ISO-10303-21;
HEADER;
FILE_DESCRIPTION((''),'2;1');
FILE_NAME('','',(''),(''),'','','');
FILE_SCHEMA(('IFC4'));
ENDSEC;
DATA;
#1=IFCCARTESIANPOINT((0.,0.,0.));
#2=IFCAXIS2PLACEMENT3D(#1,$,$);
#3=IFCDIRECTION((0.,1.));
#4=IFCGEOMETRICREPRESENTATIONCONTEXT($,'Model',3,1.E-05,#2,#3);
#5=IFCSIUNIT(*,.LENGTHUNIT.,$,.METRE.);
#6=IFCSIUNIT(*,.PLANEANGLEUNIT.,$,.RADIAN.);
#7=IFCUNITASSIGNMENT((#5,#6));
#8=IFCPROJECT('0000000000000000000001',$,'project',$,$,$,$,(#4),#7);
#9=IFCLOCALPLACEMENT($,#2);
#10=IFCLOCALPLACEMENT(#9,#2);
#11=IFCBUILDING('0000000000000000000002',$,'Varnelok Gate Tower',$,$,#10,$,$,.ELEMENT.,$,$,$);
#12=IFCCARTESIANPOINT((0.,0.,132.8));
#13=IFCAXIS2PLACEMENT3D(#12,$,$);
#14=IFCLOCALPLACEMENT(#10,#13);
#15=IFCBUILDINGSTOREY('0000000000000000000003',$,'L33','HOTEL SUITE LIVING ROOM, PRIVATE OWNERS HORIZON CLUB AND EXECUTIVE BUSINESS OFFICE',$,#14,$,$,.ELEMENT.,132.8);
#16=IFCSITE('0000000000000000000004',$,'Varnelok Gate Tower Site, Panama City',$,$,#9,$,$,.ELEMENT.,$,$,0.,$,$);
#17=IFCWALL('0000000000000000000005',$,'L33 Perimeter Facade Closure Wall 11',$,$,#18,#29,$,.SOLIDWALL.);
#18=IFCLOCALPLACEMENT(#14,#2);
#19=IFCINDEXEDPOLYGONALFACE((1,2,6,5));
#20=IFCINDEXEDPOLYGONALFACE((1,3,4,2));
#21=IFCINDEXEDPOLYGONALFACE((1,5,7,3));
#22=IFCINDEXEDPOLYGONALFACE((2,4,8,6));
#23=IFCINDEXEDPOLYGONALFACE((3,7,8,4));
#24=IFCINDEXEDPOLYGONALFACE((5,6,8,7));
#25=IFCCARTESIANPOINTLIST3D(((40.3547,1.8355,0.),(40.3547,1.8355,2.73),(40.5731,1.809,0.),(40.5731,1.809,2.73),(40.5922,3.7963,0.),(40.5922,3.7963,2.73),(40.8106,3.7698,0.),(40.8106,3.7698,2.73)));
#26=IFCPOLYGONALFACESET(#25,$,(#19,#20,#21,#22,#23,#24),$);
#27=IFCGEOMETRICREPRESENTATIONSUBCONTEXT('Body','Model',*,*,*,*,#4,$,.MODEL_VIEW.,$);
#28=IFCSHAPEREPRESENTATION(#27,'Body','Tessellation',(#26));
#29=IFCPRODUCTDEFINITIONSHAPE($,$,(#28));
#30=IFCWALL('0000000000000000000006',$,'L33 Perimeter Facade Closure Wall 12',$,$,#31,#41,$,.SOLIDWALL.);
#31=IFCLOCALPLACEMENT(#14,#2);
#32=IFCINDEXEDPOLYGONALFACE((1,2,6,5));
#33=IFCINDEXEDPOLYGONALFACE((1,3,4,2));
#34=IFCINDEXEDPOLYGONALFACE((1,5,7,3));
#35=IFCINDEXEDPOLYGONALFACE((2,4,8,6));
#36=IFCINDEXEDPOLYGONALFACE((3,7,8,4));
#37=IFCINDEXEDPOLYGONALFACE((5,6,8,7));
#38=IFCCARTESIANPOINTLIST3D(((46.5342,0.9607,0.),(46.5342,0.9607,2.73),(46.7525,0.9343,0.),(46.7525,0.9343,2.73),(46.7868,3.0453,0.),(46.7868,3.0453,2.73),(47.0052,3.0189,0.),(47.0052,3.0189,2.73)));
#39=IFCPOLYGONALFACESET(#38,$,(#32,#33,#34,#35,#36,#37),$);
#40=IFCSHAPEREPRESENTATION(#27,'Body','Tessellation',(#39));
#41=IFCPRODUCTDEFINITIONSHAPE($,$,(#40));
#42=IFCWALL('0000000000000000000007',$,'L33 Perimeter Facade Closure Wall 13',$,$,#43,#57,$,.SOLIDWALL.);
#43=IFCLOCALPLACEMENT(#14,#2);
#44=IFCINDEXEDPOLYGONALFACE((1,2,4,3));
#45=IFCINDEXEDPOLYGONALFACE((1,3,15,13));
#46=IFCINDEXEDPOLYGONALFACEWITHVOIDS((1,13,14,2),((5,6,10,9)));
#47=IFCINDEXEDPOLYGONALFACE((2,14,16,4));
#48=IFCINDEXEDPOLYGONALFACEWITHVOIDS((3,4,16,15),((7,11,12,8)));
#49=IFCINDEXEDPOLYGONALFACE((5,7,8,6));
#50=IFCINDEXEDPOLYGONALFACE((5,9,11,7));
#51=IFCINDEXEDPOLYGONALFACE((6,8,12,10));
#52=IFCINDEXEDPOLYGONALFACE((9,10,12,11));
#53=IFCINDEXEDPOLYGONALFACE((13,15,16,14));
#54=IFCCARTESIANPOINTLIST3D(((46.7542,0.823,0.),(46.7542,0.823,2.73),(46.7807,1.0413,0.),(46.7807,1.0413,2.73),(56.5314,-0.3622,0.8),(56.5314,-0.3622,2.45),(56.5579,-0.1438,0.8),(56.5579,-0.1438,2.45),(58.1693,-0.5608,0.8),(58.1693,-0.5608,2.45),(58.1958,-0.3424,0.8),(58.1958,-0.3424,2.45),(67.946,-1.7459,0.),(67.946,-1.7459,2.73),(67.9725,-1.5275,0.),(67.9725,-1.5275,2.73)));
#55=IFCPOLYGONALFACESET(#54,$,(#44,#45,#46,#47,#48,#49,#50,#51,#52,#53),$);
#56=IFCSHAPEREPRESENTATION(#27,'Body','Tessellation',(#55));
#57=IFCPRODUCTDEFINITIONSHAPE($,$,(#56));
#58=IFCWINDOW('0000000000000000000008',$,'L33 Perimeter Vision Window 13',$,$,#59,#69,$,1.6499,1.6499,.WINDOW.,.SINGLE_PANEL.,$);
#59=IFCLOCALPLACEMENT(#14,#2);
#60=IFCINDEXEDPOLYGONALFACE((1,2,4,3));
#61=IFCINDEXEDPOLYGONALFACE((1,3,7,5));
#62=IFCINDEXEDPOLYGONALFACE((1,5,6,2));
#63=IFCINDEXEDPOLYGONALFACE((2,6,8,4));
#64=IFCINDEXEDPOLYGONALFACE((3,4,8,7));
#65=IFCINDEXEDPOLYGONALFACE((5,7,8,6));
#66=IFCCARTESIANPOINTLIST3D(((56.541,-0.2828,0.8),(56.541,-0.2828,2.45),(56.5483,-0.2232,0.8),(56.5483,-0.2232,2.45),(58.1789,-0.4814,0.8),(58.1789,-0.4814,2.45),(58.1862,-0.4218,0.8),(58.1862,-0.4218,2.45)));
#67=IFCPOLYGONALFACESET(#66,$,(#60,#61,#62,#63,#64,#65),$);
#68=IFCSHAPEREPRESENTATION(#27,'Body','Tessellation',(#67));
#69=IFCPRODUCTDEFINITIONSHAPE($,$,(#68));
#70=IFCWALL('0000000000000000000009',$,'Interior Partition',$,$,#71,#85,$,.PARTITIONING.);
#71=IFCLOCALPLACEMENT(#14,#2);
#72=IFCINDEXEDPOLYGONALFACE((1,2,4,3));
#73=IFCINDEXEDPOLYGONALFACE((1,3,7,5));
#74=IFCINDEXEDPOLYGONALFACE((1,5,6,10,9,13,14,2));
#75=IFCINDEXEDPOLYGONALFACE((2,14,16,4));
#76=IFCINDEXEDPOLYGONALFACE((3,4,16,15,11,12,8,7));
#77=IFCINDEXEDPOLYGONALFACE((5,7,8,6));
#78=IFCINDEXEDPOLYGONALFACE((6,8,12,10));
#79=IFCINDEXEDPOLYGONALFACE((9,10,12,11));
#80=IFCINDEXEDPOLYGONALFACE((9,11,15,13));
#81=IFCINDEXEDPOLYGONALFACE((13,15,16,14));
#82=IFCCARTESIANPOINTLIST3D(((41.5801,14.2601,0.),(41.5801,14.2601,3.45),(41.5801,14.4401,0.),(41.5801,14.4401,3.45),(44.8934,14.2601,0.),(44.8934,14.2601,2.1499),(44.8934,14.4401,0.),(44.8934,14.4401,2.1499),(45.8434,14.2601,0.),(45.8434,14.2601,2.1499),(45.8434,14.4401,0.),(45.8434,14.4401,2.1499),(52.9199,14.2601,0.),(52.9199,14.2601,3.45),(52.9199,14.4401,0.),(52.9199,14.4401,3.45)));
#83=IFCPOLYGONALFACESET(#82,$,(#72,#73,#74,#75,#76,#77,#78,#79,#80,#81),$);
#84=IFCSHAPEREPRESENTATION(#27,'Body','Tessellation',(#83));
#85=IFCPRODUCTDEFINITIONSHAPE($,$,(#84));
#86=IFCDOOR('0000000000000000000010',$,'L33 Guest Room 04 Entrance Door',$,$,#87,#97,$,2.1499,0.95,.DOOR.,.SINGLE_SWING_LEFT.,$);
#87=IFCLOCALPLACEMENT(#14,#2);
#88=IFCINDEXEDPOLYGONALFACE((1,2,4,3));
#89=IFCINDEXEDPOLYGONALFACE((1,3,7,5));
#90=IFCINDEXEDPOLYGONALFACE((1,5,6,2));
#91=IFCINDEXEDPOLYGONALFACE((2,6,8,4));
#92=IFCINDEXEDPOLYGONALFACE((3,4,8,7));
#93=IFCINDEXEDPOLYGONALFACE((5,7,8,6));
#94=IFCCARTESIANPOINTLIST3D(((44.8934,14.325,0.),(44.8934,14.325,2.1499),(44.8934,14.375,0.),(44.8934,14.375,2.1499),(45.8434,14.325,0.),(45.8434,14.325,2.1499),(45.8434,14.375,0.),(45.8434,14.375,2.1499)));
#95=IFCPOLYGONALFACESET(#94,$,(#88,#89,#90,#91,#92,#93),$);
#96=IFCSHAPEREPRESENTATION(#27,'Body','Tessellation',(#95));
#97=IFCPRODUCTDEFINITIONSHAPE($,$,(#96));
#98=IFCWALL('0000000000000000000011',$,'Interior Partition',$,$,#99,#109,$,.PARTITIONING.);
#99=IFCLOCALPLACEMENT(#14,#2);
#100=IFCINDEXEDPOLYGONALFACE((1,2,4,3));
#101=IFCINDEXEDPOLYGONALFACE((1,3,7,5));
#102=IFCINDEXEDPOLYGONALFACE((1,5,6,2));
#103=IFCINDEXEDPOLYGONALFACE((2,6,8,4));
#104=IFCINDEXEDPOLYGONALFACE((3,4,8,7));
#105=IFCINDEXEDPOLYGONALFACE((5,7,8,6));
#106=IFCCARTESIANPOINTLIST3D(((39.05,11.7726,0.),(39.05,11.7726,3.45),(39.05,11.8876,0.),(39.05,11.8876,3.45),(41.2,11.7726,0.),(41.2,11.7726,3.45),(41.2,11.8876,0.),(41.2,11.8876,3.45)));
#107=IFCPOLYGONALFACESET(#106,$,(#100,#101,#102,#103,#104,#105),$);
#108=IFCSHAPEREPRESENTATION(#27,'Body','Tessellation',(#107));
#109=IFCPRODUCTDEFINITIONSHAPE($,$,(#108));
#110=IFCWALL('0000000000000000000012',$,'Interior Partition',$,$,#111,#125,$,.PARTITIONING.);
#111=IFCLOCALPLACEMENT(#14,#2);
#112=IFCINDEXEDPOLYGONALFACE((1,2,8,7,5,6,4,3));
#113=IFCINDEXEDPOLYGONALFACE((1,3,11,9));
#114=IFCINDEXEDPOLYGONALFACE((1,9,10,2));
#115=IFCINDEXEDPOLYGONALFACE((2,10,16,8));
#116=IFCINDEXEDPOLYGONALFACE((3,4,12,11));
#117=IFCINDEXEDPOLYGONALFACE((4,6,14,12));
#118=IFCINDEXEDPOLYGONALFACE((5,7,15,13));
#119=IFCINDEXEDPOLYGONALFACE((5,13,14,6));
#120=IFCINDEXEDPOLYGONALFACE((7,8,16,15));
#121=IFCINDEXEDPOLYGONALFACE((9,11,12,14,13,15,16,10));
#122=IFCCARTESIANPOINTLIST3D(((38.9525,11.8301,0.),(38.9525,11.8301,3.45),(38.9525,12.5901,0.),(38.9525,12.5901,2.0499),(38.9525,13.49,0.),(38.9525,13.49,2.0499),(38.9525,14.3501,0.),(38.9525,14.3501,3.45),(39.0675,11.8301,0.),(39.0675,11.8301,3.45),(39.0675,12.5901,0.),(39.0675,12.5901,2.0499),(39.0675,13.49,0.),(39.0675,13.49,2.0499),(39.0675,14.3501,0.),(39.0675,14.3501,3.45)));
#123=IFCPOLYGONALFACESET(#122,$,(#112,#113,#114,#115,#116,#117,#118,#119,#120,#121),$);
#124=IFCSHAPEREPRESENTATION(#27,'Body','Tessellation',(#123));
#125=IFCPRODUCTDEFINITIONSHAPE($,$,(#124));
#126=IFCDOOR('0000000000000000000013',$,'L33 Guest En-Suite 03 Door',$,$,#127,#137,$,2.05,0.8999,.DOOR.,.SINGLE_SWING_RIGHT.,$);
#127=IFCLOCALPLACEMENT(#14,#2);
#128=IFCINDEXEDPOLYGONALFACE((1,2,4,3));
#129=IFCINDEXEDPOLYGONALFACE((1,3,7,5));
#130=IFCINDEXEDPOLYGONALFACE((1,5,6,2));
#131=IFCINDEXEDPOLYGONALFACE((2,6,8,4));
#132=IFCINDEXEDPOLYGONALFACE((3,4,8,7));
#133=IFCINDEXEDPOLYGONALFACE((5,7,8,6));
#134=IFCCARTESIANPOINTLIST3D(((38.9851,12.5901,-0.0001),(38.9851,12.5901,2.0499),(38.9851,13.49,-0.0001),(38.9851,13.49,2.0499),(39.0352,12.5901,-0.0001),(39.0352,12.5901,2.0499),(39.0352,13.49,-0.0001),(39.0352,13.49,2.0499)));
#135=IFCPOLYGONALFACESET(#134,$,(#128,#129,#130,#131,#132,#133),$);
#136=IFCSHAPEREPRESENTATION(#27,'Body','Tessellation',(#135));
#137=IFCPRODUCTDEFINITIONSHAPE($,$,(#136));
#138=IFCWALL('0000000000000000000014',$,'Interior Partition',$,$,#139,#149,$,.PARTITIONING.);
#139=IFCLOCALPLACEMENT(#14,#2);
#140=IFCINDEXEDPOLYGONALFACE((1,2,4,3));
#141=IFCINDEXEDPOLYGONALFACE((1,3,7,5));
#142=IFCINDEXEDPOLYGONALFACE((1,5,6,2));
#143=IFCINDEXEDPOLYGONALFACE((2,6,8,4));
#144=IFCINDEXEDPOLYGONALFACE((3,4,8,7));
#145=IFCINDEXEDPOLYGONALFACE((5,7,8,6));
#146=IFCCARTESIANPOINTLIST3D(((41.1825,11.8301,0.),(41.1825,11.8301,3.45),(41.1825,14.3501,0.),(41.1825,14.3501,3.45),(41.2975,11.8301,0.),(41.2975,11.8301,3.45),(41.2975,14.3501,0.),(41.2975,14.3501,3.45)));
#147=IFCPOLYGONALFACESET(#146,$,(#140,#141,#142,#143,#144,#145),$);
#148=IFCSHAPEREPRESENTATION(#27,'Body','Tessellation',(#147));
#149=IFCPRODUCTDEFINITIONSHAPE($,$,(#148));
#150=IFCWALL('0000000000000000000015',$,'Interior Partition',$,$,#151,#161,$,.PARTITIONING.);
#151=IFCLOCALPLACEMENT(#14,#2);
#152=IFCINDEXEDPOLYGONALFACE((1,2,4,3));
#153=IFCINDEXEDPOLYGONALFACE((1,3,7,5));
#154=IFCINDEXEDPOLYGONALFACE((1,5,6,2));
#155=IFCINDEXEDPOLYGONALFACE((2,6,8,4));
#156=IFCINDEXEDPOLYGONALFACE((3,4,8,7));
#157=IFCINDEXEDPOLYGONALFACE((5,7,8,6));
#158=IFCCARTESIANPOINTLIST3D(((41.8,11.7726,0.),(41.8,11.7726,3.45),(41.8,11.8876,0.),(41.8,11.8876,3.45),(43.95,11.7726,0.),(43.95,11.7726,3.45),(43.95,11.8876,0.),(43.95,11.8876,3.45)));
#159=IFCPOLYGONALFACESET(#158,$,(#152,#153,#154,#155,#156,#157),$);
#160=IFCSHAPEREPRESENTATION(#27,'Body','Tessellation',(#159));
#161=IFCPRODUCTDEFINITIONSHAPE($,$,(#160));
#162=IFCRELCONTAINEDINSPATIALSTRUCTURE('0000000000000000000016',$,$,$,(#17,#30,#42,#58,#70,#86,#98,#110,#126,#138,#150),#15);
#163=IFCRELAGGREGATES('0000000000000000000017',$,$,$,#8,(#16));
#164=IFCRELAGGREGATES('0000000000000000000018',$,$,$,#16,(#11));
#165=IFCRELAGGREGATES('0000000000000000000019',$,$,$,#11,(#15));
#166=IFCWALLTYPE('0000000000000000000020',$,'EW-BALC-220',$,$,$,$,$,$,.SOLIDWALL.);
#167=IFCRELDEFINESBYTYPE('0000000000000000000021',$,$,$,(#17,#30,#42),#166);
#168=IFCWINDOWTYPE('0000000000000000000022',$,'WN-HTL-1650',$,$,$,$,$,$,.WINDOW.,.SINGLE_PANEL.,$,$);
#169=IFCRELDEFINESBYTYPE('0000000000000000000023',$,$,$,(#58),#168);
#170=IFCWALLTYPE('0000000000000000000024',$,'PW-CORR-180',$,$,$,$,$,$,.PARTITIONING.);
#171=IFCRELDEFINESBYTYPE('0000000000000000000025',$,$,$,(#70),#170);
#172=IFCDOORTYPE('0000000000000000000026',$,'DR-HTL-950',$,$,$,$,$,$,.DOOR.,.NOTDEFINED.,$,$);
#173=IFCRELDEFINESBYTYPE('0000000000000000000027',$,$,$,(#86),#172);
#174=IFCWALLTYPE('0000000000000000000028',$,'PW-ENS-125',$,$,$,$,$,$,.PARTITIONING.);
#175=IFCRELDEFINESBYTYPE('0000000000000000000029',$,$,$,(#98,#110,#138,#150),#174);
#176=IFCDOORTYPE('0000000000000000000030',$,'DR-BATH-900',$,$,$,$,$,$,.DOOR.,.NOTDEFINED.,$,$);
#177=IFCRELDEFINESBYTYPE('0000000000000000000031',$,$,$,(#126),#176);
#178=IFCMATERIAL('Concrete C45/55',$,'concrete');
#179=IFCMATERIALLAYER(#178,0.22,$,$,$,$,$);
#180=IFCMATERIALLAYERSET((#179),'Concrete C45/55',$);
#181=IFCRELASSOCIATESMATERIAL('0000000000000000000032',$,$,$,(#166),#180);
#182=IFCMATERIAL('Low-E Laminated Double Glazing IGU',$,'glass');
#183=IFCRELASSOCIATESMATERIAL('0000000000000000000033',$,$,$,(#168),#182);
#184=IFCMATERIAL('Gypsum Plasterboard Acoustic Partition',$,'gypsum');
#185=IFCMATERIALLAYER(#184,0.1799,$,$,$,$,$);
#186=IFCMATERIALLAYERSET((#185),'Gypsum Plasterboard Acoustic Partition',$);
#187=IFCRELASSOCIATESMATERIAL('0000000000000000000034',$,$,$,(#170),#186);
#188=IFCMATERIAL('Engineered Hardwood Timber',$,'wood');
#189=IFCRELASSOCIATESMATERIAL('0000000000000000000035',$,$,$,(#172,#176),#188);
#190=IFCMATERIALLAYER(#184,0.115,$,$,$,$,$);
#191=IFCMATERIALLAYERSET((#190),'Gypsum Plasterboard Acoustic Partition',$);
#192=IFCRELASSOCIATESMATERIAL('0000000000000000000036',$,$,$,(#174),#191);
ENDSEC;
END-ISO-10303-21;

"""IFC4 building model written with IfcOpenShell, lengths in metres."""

from ifc_helpers import new_model, si_unit, direction, frame, frame_2d, origin, place, context, subcontext, project, spatial, rectangle, extrude, material, layer, layer_set, type_object, element, fill, save


model = new_model("IFC4")

# Units and contexts
model_context = context("Model", 3, precision=1e-05, world=origin(), true_north=direction((0.0, 1.0)))
body_context = subcontext(model_context, "Body", "Model", "MODEL_VIEW")
ifc_project = project(units=[si_unit("LENGTHUNIT", "METRE"), si_unit("PLANEANGLEUNIT", "RADIAN")], contexts=[model_context])

# Site, building, storey
site_placement = place(None, origin())
site = spatial("IfcSite", under=ifc_project, at=site_placement, Name="Varnelok Gate Tower Site, Panama City", CompositionType="ELEMENT", RefElevation=0.0)
building_placement = place(site_placement, origin())
building = spatial("IfcBuilding", under=site, at=building_placement, Name="Varnelok Gate Tower", CompositionType="ELEMENT")
storey_placement = place(building_placement, frame((0.0, 0.0, 132.8)))
storey = spatial("IfcBuildingStorey", under=building, at=storey_placement, Name="L33", Description="HOTEL SUITE LIVING ROOM, PRIVATE OWNERS HORIZON CLUB AND EXECUTIVE BUSINESS OFFICE", CompositionType="ELEMENT", Elevation=132.8)

# Shared definitions
ifc_material_1 = material(Name="Concrete C45/55", Category="concrete")
ifc_layer_1 = layer(ifc_material_1, 0.22)
ifc_layer_set_1 = layer_set([ifc_layer_1], Name="Concrete C45/55")
wall_type_1 = type_object("IfcWallType", Name="EW-BALC-220", PredefinedType="SOLIDWALL", material=ifc_layer_set_1)

# Walls
wall_1_placement = place(storey_placement, frame((40.4639, 1.8223, 0.0), z_axis=(0.0, 0.0, 1.0), x_axis=(0.120276, 0.99274, 0.0)))
element("IfcWall", 1, at=wall_1_placement, inside=storey, type_object=wall_type_1, Name="L33 Perimeter Facade Closure Wall 11", PredefinedType="SOLIDWALL", context=body_context, shape_type="SweptSolid", body=[
    extrude(rectangle(XDim=1.9751, YDim=0.22, at=frame_2d((0.9875, 0.0))), origin(), (0.0, 0.0, 1.0), 2.73),
])
wall_2_placement = place(storey_placement, frame((46.896, 3.032, 0.0), z_axis=(0.0, 0.0, 1.0), x_axis=(-0.120328, -0.992734, 0.0)))
element("IfcWall", 2, at=wall_2_placement, inside=storey, type_object=wall_type_1, Name="L33 Perimeter Facade Closure Wall 12", PredefinedType="SOLIDWALL", context=body_context, shape_type="SweptSolid", body=[
    extrude(rectangle(XDim=2.0999, YDim=0.22, at=frame_2d((1.0498, 0.0))), origin(), (0.0, 0.0, 1.0), 2.73),
])

# Wall, opening, window
wall_3_placement = place(storey_placement, frame((46.7676, 0.9321, 0.0), z_axis=(0.0, 0.0, 1.0), x_axis=(0.992733, -0.120338, 0.0)))
wall_3 = element("IfcWall", 3, at=wall_3_placement, inside=storey, type_object=wall_type_1, Name="L33 Perimeter Facade Closure Wall 13", PredefinedType="SOLIDWALL", context=body_context, shape_type="SweptSolid", body=[
    extrude(rectangle(XDim=21.3469, YDim=0.22, at=frame_2d((10.6733, 0.0))), origin(), (0.0, 0.0, 1.0), 2.73),
])
opening_1_placement = place(wall_3_placement, frame((9.8486, 0.0, 0.8)))
opening_1 = element("IfcOpeningElement", 4, at=opening_1_placement, cuts=wall_3, PredefinedType="OPENING", context=body_context, shape_type="SweptSolid", body=[
    extrude(rectangle(XDim=1.6499, YDim=1.6499, at=frame_2d((0.825, 0.825))), frame((0.0, 0.1199, 0.0), z_axis=(0.0, -1.0, 0.0), x_axis=(1.0, 0.0, 0.0)), (0.0, 0.0, 1.0), 0.24),
])
ifc_material_2 = material(Name="Low-E Laminated Double Glazing IGU", Category="glass")
window_type = type_object("IfcWindowType", Name="WN-HTL-1650", PartitioningType="SINGLE_PANEL", PredefinedType="WINDOW", material=ifc_material_2)
window_placement = place(opening_1_placement, origin())
window = element("IfcWindow", 5, at=window_placement, inside=storey, type_object=window_type, Name="L33 Perimeter Vision Window 13", OverallHeight=1.6499, OverallWidth=1.6499, PartitioningType="SINGLE_PANEL", PredefinedType="WINDOW", context=body_context, shape_type="SweptSolid", body=[
    extrude(rectangle(XDim=1.6499, YDim=1.6499, at=frame_2d((0.825, 0.825))), frame((0.0, 0.03, 0.0), z_axis=(0.0, -1.0, 0.0), x_axis=(1.0, 0.0, 0.0)), (0.0, 0.0, 1.0), 0.0601),
])
fill(opening_1, window)

# Wall, opening, door
ifc_material_3 = material(Name="Gypsum Plasterboard Acoustic Partition", Category="gypsum")
ifc_layer_2 = layer(ifc_material_3, 0.1799)
ifc_layer_set_2 = layer_set([ifc_layer_2], Name="Gypsum Plasterboard Acoustic Partition")
wall_type_2 = type_object("IfcWallType", Name="PW-CORR-180", PredefinedType="PARTITIONING", material=ifc_layer_set_2)
wall_4_placement = place(storey_placement, frame((41.5801, 14.3501, 0.0), z_axis=(0.0, 0.0, 1.0), x_axis=(1.0, 0.0, 0.0)))
wall_4 = element("IfcWall", 6, at=wall_4_placement, inside=storey, type_object=wall_type_2, Name="Interior Partition", PredefinedType="PARTITIONING", context=body_context, shape_type="SweptSolid", body=[
    extrude(rectangle(XDim=11.3398, YDim=0.1799, at=frame_2d((5.6699, 0.0))), origin(), (0.0, 0.0, 1.0), 3.45),
])
opening_2_placement = place(wall_4_placement, frame((3.3132, 0.0, 0.0)))
opening_2 = element("IfcOpeningElement", 7, at=opening_2_placement, cuts=wall_4, PredefinedType="OPENING", context=body_context, shape_type="SweptSolid", body=[
    extrude(rectangle(XDim=0.95, YDim=2.1499, at=frame_2d((0.4751, 1.075))), frame((0.0, 0.0999, 0.0), z_axis=(0.0, -1.0, 0.0), x_axis=(1.0, 0.0, 0.0)), (0.0, 0.0, 1.0), 0.2),
])
ifc_material_4 = material(Name="Engineered Hardwood Timber", Category="wood")
door_type_1 = type_object("IfcDoorType", Name="DR-HTL-950", OperationType="NOTDEFINED", PredefinedType="DOOR", material=ifc_material_4)
door_1_placement = place(opening_2_placement, origin())
door_1 = element("IfcDoor", 8, at=door_1_placement, inside=storey, type_object=door_type_1, Name="L33 Guest Room 04 Entrance Door", OperationType="SINGLE_SWING_LEFT", OverallHeight=2.1499, OverallWidth=0.95, PredefinedType="DOOR", context=body_context, shape_type="SweptSolid", body=[
    extrude(rectangle(XDim=0.95, YDim=2.1499, at=frame_2d((0.4751, 1.075))), frame((0.0, 0.0249, 0.0), z_axis=(0.0, -1.0, 0.0), x_axis=(1.0, 0.0, 0.0)), (0.0, 0.0, 1.0), 0.05),
])
fill(opening_2, door_1)

# Wall
ifc_layer_3 = layer(ifc_material_3, 0.115)
ifc_layer_set_3 = layer_set([ifc_layer_3], Name="Gypsum Plasterboard Acoustic Partition")
wall_type_3 = type_object("IfcWallType", Name="PW-ENS-125", PredefinedType="PARTITIONING", material=ifc_layer_set_3)
wall_5_placement = place(storey_placement, frame((39.05, 11.8301, 0.0), z_axis=(0.0, 0.0, 1.0), x_axis=(1.0, 0.0, 0.0)))
element("IfcWall", 9, at=wall_5_placement, inside=storey, type_object=wall_type_3, Name="Interior Partition", PredefinedType="PARTITIONING", context=body_context, shape_type="SweptSolid", body=[
    extrude(rectangle(XDim=2.1499, YDim=0.115, at=frame_2d((1.075, 0.0))), origin(), (0.0, 0.0, 1.0), 3.45),
])

# Wall, opening, door
wall_6_placement = place(storey_placement, frame((39.01, 11.8301, 0.0), z_axis=(0.0, 0.0, 1.0), x_axis=(0.0, 1.0, 0.0)))
wall_6 = element("IfcWall", 10, at=wall_6_placement, inside=storey, type_object=wall_type_3, Name="Interior Partition", PredefinedType="PARTITIONING", context=body_context, shape_type="SweptSolid", body=[
    extrude(rectangle(XDim=2.52, YDim=0.115, at=frame_2d((1.26, 0.0))), origin(), (0.0, 0.0, 1.0), 3.45),
])
opening_3_placement = place(wall_6_placement, frame((0.76, 0.0, 0.0)))
opening_3 = element("IfcOpeningElement", 11, at=opening_3_placement, cuts=wall_6, PredefinedType="OPENING", context=body_context, shape_type="SweptSolid", body=[
    extrude(rectangle(XDim=0.8999, YDim=2.05, at=frame_2d((0.45, 1.0249))), frame((0.0, 0.0674, 0.0), z_axis=(0.0, -1.0, 0.0), x_axis=(1.0, 0.0, 0.0)), (0.0, 0.0, 1.0), 0.135),
])
door_type_2 = type_object("IfcDoorType", Name="DR-BATH-900", OperationType="NOTDEFINED", PredefinedType="DOOR", material=ifc_material_4)
door_2_placement = place(opening_3_placement, origin())
door_2 = element("IfcDoor", 12, at=door_2_placement, inside=storey, type_object=door_type_2, Name="L33 Guest En-Suite 03 Door", OperationType="SINGLE_SWING_RIGHT", OverallHeight=2.05, OverallWidth=0.8999, PredefinedType="DOOR", context=body_context, shape_type="SweptSolid", body=[
    extrude(rectangle(XDim=0.8999, YDim=2.05, at=frame_2d((0.45, 1.0249))), frame((0.0, 0.0249, 0.0), z_axis=(0.0, -1.0, 0.0), x_axis=(1.0, 0.0, 0.0)), (0.0, 0.0, 1.0), 0.05),
])
fill(opening_3, door_2)

# Walls
wall_7_placement = place(storey_placement, frame((41.24, 11.8301, 0.0), z_axis=(0.0, 0.0, 1.0), x_axis=(0.0, 1.0, 0.0)))
element("IfcWall", 13, at=wall_7_placement, inside=storey, type_object=wall_type_3, Name="Interior Partition", PredefinedType="PARTITIONING", context=body_context, shape_type="SweptSolid", body=[
    extrude(rectangle(XDim=2.52, YDim=0.115, at=frame_2d((1.26, 0.0))), origin(), (0.0, 0.0, 1.0), 3.45),
])
wall_8_placement = place(storey_placement, frame((41.8, 11.8301, 0.0), z_axis=(0.0, 0.0, 1.0), x_axis=(1.0, 0.0, 0.0)))
element("IfcWall", 14, at=wall_8_placement, inside=storey, type_object=wall_type_3, Name="Interior Partition", PredefinedType="PARTITIONING", context=body_context, shape_type="SweptSolid", body=[
    extrude(rectangle(XDim=2.1499, YDim=0.115, at=frame_2d((1.075, 0.0))), origin(), (0.0, 0.0, 1.0), 3.45),
])

save(model, "model.ifc")
